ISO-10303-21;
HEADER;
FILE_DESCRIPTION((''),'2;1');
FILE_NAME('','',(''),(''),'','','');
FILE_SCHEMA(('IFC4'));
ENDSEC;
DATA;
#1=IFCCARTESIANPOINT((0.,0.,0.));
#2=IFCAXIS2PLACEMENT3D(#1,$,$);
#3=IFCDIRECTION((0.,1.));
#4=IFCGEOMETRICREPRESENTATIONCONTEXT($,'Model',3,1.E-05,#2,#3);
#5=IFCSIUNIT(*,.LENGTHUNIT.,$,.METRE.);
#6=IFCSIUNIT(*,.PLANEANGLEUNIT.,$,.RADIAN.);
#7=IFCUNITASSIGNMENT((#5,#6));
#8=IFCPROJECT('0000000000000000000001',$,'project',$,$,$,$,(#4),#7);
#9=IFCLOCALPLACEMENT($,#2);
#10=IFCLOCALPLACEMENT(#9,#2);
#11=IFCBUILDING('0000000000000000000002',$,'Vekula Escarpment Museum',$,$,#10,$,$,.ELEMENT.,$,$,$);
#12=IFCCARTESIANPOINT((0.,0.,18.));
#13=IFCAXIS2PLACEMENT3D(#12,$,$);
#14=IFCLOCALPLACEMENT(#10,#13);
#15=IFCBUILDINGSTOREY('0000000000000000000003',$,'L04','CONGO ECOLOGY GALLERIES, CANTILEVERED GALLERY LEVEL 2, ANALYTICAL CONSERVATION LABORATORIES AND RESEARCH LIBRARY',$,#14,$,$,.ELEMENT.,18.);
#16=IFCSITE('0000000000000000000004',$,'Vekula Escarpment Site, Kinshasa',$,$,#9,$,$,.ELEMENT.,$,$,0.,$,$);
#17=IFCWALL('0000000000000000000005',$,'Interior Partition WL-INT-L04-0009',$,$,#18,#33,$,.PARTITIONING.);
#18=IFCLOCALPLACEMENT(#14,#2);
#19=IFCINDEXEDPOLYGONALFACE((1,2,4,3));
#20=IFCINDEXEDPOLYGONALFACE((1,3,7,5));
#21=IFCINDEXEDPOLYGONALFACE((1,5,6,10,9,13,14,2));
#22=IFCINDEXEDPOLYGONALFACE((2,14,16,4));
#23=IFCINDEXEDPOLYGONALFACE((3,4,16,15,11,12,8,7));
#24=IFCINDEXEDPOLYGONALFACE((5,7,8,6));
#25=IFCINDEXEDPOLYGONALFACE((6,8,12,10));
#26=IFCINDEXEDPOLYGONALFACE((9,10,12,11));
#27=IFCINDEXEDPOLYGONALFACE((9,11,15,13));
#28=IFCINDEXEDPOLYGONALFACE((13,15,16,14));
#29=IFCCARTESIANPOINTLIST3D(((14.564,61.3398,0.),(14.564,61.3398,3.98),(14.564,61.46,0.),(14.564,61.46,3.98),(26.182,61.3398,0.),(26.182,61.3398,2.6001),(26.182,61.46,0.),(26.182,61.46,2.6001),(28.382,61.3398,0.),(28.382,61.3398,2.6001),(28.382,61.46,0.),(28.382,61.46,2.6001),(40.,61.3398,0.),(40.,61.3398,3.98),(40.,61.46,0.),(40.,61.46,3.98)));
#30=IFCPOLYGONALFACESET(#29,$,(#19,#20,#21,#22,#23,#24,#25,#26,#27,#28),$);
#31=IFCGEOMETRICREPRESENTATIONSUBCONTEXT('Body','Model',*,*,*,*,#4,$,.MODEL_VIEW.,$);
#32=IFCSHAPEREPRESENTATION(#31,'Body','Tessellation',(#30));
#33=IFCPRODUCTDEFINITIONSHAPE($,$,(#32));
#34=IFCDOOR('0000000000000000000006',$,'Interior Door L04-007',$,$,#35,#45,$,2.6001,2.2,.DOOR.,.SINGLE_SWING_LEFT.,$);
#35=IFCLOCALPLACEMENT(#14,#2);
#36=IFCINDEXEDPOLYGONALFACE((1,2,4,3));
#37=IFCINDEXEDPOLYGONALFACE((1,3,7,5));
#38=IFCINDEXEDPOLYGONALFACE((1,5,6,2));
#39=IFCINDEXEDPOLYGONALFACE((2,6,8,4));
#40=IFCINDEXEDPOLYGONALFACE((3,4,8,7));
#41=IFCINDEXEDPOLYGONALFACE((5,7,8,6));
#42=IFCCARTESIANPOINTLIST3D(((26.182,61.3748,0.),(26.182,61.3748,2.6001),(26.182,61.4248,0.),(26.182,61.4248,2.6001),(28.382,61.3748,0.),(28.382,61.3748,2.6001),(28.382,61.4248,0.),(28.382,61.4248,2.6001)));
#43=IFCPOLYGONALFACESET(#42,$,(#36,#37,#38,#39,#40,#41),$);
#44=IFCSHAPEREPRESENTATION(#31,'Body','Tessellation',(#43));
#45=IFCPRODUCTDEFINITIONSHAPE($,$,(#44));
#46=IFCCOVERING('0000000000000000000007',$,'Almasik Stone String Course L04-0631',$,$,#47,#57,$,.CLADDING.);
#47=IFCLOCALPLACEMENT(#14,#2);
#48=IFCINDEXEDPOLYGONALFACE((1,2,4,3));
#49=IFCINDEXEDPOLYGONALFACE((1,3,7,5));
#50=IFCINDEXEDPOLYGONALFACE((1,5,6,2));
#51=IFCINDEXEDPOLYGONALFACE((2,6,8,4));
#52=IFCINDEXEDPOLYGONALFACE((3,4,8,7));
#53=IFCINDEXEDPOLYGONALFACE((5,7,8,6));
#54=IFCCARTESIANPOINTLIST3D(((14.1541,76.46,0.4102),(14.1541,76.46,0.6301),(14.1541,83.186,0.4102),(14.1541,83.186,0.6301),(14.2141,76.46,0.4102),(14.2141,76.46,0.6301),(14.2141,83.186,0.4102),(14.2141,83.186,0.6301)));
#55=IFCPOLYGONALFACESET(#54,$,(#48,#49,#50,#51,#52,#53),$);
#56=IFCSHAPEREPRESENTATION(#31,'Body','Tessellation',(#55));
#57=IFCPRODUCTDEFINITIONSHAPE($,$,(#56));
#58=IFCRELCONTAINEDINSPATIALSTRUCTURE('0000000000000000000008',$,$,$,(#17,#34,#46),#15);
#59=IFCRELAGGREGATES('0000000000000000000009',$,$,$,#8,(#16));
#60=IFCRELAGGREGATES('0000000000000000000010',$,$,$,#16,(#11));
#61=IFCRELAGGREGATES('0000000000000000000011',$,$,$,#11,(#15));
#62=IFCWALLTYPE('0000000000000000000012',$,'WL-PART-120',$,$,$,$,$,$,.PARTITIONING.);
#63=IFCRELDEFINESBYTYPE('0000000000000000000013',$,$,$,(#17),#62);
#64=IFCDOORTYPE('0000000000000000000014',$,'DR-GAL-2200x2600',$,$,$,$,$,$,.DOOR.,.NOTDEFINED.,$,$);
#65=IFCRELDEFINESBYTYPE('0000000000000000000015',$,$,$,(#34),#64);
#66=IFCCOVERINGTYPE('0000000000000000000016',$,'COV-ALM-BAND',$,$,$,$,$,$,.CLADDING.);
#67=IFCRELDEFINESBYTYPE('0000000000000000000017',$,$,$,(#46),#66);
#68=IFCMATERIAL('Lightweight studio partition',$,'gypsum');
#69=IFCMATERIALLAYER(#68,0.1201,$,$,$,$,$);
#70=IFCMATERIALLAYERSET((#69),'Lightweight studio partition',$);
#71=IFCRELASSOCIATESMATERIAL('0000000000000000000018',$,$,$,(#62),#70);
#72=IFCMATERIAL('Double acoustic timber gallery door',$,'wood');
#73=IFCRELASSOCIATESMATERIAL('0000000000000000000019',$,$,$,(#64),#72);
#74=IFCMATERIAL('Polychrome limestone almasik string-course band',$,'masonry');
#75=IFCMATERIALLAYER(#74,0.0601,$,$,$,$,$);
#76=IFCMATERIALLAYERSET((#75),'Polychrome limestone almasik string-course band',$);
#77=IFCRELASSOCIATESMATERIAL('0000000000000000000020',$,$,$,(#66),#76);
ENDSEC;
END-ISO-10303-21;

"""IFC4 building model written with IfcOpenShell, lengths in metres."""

from ifc_helpers import new_model, si_unit, direction, frame, frame_2d, origin, origin_2d, place, context, subcontext, project, spatial, rectangle, extrude, material, layer, layer_set, type_object, element, fill, save


model = new_model("IFC4")

# Units and contexts
model_context = context("Model", 3, precision=1e-05, world=origin(), true_north=direction((0.0, 1.0)))
body_context = subcontext(model_context, "Body", "Model", "MODEL_VIEW")
ifc_project = project(units=[si_unit("LENGTHUNIT", "METRE"), si_unit("PLANEANGLEUNIT", "RADIAN")], contexts=[model_context])

# Site, building, storey
site_placement = place(None, origin())
site = spatial("IfcSite", under=ifc_project, at=site_placement, Name="Vekula Escarpment Site, Kinshasa", CompositionType="ELEMENT", RefElevation=0.0)
building_placement = place(site_placement, origin())
building = spatial("IfcBuilding", under=site, at=building_placement, Name="Vekula Escarpment Museum", CompositionType="ELEMENT")
storey_placement = place(building_placement, frame((0.0, 0.0, 18.0)))
storey = spatial("IfcBuildingStorey", under=building, at=storey_placement, Name="L04", Description="CONGO ECOLOGY GALLERIES, CANTILEVERED GALLERY LEVEL 2, ANALYTICAL CONSERVATION LABORATORIES AND RESEARCH LIBRARY", CompositionType="ELEMENT", Elevation=18.0)

# Wall, opening, door
ifc_material_1 = material(Name="Lightweight studio partition", Category="gypsum")
ifc_layer_1 = layer(ifc_material_1, 0.1201)
ifc_layer_set_1 = layer_set([ifc_layer_1], Name="Lightweight studio partition")
wall_type_1 = type_object("IfcWallType", Name="WL-PART-120", PredefinedType="PARTITIONING", material=ifc_layer_set_1)
wall_1_placement = place(storey_placement, frame((14.564, 61.3999, 0.0), z_axis=(0.0, 0.0, 1.0), x_axis=(1.0, 0.0, 0.0)))
wall_1 = element("IfcWall", 1, at=wall_1_placement, inside=storey, type_object=wall_type_1, Name="Interior Partition WL-INT-L04-0009", PredefinedType="PARTITIONING", context=body_context, shape_type="SweptSolid", body=[
    extrude(rectangle(XDim=25.436, YDim=0.1201, at=frame_2d((12.718, 0.0))), origin(), (0.0, 0.0, 1.0), 3.98),
])
opening_1_placement = place(wall_1_placement, frame((11.6179, 0.0, 0.0)))
opening_1 = element("IfcOpeningElement", 2, at=opening_1_placement, cuts=wall_1, PredefinedType="OPENING", context=body_context, shape_type="SweptSolid", body=[
    extrude(rectangle(XDim=2.2, YDim=2.6001, at=frame_2d((1.1001, 1.3))), frame((0.0, 0.0701, 0.0), z_axis=(0.0, -1.0, 0.0), x_axis=(1.0, 0.0, 0.0)), (0.0, 0.0, 1.0), 0.1401),
])
ifc_material_2 = material(Name="Double acoustic timber gallery door", Category="wood")
door_type_1 = type_object("IfcDoorType", Name="DR-GAL-2200x2600", OperationType="NOTDEFINED", PredefinedType="DOOR", material=ifc_material_2)
door_1_placement = place(opening_1_placement, origin())
door_1 = element("IfcDoor", 3, at=door_1_placement, inside=storey, type_object=door_type_1, Name="Interior Door L04-007", OperationType="SINGLE_SWING_LEFT", OverallHeight=2.6001, OverallWidth=2.2, PredefinedType="DOOR", context=body_context, shape_type="SweptSolid", body=[
    extrude(rectangle(XDim=2.2, YDim=2.6001, at=frame_2d((1.1001, 1.3))), frame((0.0, 0.0249, 0.0), z_axis=(0.0, -1.0, 0.0), x_axis=(1.0, 0.0, 0.0)), (0.0, 0.0, 1.0), 0.05),
])
fill(opening_1, door_1)

# Covering
ifc_material_3 = material(Name="Polychrome limestone almasik string-course band", Category="masonry")
ifc_layer_2 = layer(ifc_material_3, 0.0601)
ifc_layer_set_2 = layer_set([ifc_layer_2], Name="Polychrome limestone almasik string-course band")
covering_type = type_object("IfcCoveringType", Name="COV-ALM-BAND", PredefinedType="CLADDING", material=ifc_layer_set_2)
covering_placement = place(storey_placement, frame((14.1841, 79.823, 0.4102), z_axis=(0.0, 0.0, 1.0), x_axis=(0.0, 1.0, 0.0)))
element("IfcCovering", 4, at=covering_placement, inside=storey, type_object=covering_type, Name="Almasik Stone String Course L04-0631", PredefinedType="CLADDING", context=body_context, shape_type="SweptSolid", body=[
    extrude(rectangle(XDim=6.7261, YDim=0.0601, at=origin_2d()), origin(), (0.0, 0.0, 1.0), 0.22),
])

save(model, "model.ifc")
